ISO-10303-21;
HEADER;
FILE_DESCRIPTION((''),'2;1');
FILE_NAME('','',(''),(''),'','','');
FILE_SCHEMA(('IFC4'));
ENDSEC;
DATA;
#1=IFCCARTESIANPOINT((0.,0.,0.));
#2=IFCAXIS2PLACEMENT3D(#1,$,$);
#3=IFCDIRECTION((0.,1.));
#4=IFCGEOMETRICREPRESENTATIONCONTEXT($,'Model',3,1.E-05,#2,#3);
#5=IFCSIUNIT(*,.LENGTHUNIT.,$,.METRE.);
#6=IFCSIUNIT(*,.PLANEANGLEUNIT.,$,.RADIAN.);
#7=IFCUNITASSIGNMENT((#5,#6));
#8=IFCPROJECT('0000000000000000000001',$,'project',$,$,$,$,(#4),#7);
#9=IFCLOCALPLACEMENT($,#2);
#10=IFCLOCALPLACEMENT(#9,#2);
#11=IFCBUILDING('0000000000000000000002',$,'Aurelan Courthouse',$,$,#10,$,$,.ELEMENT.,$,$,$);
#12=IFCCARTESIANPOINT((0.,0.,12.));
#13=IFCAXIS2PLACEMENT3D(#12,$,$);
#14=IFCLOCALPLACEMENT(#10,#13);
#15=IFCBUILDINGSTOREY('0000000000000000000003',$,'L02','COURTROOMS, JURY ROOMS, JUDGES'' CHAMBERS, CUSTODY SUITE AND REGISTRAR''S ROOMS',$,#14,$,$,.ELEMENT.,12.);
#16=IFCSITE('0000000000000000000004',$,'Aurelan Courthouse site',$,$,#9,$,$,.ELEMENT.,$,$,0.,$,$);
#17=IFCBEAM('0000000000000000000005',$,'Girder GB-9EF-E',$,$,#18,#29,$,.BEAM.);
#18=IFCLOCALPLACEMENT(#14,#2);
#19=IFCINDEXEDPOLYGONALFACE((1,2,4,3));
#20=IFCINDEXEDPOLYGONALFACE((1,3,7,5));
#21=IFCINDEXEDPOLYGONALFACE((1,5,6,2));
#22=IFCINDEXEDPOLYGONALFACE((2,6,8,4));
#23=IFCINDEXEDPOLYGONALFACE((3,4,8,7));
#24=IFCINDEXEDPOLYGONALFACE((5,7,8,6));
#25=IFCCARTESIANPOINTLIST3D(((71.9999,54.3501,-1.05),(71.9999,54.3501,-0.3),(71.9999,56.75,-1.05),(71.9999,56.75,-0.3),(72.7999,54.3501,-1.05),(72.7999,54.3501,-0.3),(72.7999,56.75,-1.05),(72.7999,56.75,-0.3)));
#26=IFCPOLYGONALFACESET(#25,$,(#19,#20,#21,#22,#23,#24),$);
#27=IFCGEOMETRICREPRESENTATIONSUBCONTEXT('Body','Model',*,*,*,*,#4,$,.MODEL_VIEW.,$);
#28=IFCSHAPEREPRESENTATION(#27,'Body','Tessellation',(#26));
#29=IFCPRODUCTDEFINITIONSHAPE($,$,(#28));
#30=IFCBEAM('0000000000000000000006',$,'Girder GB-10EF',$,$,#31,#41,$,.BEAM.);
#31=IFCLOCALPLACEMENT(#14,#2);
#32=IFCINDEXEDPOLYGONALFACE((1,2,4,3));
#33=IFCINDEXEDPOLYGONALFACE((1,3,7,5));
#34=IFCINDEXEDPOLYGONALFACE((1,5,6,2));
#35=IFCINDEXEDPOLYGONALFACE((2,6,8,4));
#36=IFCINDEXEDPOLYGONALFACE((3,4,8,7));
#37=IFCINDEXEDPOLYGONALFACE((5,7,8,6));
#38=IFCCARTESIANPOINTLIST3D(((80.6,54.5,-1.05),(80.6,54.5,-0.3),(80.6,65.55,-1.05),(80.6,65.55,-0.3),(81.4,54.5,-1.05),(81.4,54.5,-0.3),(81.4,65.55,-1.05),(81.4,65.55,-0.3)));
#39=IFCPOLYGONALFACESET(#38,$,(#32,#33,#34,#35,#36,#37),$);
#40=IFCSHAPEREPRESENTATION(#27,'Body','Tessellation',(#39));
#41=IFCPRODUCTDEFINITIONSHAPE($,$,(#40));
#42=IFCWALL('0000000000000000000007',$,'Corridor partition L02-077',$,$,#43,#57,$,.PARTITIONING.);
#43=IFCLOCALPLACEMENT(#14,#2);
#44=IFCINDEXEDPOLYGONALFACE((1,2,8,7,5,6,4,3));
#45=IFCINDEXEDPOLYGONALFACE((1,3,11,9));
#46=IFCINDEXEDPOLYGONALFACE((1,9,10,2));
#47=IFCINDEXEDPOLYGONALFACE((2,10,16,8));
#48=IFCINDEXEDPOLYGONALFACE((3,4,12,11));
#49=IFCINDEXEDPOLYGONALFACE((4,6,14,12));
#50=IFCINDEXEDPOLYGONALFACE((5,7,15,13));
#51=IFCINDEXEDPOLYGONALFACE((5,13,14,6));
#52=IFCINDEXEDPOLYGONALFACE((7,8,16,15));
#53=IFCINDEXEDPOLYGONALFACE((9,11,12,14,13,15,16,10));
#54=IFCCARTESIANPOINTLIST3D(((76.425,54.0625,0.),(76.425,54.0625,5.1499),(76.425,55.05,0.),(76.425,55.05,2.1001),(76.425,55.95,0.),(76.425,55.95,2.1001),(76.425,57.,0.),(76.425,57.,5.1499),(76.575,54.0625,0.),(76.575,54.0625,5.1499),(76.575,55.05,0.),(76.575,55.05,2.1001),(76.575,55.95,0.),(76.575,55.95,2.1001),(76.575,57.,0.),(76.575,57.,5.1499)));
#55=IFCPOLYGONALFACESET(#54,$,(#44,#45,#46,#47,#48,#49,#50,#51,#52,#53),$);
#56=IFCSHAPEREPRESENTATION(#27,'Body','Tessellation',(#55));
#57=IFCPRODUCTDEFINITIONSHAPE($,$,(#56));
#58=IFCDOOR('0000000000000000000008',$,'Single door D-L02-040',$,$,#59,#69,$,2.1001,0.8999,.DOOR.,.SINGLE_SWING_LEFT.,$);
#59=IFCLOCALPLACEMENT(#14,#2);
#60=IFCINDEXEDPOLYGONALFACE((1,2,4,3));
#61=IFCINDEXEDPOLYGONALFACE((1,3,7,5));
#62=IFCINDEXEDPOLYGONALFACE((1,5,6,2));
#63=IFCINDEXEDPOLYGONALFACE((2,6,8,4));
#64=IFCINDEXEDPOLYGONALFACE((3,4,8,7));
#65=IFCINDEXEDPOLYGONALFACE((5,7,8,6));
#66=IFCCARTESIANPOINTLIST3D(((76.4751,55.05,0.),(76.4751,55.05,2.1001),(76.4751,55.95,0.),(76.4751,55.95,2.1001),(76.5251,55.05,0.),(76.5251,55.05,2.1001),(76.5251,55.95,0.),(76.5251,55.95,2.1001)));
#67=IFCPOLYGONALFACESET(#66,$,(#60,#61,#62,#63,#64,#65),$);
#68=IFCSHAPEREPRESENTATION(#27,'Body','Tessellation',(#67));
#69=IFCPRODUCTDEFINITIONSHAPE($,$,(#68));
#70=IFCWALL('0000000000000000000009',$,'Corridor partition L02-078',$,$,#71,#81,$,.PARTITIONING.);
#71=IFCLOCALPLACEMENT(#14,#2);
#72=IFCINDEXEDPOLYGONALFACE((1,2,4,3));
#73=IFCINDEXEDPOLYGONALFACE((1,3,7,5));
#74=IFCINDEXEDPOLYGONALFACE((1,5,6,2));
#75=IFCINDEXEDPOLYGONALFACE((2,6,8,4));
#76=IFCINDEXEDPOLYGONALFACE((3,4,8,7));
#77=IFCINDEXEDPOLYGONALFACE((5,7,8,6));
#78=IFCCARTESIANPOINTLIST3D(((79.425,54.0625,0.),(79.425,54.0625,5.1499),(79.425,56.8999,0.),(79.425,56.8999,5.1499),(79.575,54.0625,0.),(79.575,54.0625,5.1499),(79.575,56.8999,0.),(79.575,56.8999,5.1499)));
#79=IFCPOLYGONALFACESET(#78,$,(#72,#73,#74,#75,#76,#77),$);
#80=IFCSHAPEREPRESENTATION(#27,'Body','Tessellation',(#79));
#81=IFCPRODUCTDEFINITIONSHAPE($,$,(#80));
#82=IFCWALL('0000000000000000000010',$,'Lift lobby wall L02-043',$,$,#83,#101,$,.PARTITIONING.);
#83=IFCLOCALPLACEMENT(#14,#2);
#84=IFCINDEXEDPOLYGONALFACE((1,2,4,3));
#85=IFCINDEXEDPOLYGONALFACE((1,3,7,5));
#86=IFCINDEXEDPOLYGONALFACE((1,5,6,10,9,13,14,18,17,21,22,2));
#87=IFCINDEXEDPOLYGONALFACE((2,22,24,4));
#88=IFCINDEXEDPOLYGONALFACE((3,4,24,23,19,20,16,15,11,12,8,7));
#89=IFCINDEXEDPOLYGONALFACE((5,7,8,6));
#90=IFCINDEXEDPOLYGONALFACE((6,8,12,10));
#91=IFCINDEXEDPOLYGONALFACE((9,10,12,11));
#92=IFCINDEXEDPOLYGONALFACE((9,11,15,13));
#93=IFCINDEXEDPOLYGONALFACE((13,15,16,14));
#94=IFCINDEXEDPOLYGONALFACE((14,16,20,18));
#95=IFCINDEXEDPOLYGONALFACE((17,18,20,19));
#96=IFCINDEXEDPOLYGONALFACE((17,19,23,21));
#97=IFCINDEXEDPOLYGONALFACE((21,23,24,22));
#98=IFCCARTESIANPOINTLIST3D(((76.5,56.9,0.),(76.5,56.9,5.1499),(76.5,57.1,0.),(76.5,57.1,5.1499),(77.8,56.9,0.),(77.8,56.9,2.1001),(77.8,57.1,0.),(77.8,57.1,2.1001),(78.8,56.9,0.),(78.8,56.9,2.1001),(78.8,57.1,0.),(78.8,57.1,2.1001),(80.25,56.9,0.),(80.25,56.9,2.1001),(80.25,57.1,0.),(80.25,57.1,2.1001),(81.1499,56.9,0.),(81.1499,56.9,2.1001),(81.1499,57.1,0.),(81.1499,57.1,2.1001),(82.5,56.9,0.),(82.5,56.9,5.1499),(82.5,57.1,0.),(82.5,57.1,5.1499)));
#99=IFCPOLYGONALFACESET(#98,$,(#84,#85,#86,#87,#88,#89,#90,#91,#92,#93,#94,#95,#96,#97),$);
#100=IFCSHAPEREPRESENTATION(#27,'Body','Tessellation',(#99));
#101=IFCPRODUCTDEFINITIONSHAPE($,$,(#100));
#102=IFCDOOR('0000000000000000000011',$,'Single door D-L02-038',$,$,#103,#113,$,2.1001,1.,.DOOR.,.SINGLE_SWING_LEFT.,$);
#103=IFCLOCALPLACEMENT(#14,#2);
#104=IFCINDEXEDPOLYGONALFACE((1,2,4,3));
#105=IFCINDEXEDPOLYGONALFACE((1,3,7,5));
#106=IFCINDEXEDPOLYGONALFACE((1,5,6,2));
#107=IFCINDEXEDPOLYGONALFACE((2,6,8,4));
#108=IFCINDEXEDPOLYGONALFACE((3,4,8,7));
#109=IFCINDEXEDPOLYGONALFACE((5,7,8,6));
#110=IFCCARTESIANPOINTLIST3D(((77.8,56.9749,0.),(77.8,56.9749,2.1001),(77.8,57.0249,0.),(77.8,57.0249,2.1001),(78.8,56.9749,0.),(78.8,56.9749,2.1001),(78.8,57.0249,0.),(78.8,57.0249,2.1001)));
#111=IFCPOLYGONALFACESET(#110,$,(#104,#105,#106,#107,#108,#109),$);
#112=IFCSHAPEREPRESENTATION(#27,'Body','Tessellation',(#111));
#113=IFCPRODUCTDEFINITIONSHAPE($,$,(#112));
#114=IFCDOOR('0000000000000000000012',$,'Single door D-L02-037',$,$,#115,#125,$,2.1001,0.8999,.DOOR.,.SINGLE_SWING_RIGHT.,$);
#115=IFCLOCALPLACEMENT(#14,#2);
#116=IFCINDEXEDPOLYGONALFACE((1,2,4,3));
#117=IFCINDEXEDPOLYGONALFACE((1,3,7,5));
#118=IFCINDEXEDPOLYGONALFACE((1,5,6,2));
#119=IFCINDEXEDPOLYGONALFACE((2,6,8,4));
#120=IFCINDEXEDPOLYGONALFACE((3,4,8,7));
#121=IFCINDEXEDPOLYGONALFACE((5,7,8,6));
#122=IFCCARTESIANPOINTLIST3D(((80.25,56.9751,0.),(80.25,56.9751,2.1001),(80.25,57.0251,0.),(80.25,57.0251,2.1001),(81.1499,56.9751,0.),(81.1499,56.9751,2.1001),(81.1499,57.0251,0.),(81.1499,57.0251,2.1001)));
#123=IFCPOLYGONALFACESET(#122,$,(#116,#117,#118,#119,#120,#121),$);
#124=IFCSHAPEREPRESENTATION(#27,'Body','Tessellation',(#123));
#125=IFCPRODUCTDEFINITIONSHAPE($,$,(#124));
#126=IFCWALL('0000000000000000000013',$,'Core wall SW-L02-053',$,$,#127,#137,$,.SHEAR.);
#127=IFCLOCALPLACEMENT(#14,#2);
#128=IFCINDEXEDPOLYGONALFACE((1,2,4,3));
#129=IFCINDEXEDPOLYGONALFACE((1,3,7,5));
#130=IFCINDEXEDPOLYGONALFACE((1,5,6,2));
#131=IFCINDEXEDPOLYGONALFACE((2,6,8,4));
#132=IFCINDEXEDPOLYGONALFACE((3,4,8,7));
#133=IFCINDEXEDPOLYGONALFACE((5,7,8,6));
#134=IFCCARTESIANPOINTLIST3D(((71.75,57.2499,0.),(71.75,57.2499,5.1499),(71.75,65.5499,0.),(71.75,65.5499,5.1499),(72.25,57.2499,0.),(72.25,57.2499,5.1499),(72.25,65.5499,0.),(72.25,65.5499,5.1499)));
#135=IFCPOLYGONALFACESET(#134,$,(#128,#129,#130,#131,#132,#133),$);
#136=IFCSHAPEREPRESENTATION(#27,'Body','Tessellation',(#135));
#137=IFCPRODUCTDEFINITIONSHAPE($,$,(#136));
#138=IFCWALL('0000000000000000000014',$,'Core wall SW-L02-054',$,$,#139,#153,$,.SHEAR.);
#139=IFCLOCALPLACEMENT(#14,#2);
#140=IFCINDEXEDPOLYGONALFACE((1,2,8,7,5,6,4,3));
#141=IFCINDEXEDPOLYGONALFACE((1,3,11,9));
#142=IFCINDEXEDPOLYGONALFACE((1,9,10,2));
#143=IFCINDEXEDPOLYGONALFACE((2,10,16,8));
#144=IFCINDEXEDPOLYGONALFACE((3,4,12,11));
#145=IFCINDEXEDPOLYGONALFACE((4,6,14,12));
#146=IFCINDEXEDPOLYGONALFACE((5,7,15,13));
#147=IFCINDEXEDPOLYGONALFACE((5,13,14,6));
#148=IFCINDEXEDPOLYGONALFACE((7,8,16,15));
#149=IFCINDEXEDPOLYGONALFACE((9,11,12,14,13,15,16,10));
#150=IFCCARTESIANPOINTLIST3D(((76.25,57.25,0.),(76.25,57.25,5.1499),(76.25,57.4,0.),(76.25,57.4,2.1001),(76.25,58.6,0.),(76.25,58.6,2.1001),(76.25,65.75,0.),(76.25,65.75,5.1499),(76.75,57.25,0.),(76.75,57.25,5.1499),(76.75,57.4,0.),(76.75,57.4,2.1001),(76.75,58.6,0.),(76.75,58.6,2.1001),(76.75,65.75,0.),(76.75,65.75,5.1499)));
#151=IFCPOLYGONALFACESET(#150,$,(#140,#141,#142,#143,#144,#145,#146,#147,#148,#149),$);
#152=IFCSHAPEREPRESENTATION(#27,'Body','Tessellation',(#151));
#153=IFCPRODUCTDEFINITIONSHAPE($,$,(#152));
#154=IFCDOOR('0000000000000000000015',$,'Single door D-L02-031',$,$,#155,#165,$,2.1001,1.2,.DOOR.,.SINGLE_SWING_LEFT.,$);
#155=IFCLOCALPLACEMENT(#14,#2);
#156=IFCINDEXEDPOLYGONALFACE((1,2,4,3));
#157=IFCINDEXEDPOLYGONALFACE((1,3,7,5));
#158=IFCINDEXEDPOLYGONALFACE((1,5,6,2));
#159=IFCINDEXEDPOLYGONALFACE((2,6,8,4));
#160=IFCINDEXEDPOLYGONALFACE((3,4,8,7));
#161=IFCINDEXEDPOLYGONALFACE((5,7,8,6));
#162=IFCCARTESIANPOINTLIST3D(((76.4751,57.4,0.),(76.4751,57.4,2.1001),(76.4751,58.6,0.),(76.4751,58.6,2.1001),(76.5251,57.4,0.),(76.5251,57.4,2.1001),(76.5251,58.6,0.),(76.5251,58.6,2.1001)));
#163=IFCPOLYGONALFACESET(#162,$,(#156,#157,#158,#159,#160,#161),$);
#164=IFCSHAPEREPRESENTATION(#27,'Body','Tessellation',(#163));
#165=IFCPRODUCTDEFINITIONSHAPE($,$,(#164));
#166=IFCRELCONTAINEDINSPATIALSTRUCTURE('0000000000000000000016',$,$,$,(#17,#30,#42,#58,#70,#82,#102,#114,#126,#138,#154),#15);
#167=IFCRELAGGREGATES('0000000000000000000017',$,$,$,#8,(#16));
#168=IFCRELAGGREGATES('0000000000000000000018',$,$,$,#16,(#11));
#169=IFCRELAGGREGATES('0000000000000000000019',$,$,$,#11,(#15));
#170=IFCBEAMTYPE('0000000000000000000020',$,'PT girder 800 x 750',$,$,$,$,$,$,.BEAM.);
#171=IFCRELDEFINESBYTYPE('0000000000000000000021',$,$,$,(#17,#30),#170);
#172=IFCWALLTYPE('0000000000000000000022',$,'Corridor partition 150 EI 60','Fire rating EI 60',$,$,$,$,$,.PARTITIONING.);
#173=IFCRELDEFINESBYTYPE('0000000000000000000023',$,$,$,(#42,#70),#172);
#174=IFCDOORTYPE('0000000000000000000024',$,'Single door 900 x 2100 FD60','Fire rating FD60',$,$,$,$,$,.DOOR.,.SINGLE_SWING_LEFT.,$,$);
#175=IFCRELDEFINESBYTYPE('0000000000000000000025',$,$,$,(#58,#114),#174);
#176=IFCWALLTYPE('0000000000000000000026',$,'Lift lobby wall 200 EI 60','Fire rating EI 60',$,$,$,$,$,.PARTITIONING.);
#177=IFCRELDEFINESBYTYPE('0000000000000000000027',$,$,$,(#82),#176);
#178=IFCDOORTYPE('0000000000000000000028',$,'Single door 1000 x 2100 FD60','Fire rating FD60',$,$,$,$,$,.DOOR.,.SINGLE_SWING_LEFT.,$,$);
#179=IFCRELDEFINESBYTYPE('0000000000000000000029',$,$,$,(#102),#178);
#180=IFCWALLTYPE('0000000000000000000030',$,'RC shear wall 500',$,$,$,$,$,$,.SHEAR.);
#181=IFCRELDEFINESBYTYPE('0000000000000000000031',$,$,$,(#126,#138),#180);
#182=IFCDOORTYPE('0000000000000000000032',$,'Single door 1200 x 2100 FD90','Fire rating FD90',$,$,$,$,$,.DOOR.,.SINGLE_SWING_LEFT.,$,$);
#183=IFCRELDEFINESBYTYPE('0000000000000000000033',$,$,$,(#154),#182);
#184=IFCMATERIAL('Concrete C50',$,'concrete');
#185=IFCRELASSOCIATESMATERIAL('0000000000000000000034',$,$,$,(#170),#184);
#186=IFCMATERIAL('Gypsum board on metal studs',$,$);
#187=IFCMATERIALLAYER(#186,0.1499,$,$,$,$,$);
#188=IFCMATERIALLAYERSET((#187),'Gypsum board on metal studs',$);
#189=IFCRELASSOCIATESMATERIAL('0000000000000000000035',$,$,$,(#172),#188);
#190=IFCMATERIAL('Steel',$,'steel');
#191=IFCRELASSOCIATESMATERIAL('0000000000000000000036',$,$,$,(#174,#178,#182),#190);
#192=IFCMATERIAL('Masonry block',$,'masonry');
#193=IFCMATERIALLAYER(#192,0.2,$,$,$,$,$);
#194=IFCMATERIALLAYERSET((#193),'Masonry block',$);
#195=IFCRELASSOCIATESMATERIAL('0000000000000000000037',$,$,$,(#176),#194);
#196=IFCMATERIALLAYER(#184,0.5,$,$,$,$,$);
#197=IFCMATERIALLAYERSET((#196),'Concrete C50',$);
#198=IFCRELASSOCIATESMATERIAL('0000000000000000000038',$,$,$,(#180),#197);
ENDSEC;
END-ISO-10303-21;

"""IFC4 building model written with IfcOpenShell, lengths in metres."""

from ifc_helpers import new_model, si_unit, direction, frame, frame_2d, origin, origin_2d, place, context, subcontext, project, spatial, rectangle, extrude, material, layer, layer_set, material_profile, profile_set, type_object, element, fill, save


model = new_model("IFC4")

# Units and contexts
model_context = context("Model", 3, precision=1e-05, world=origin(), true_north=direction((0.0, 1.0)))
body_context = subcontext(model_context, "Body", "Model", "MODEL_VIEW")
ifc_project = project(units=[si_unit("LENGTHUNIT", "METRE"), si_unit("PLANEANGLEUNIT", "RADIAN")], contexts=[model_context])

# Site, building, storey
site_placement = place(None, origin())
site = spatial("IfcSite", under=ifc_project, at=site_placement, Name="Aurelan Courthouse site", CompositionType="ELEMENT", RefElevation=0.0)
building_placement = place(site_placement, origin())
building = spatial("IfcBuilding", under=site, at=building_placement, Name="Aurelan Courthouse", CompositionType="ELEMENT")
storey_placement = place(building_placement, frame((0.0, 0.0, 12.0)))
storey = spatial("IfcBuildingStorey", under=building, at=storey_placement, Name="L02", Description="COURTROOMS, JURY ROOMS, JUDGES' CHAMBERS, CUSTODY SUITE AND REGISTRAR'S ROOMS", CompositionType="ELEMENT", Elevation=12.0)

# Beams
ifc_material_1 = material(Name="Concrete C50", Category="concrete")
ifc_material_profile = material_profile(ifc_material_1, rectangle(XDim=0.8, YDim=0.75, at=origin_2d()), Name="RC 800 x 750")
ifc_profile_set = profile_set([ifc_material_profile], Name="Concrete C50")
beam_type = type_object("IfcBeamType", Name="PT girder 800 x 750", PredefinedType="BEAM", material=ifc_profile_set)
beam_1_placement = place(storey_placement, frame((72.3999, 54.3501, -0.675), z_axis=(0.0, 1.0, 0.0), x_axis=(-1.0, 0.0, 0.0)))
element("IfcBeam", 1, at=beam_1_placement, inside=storey, type_object=beam_type, Name="Girder GB-9EF-E", PredefinedType="BEAM", context=body_context, shape_type="SweptSolid", body=[
    extrude(rectangle(XDim=0.8, YDim=0.75, at=origin_2d()), origin(), (0.0, 0.0, 1.0), 2.3999),
])
beam_2_placement = place(storey_placement, frame((81.0, 54.5, -0.675), z_axis=(0.0, 1.0, 0.0), x_axis=(-1.0, 0.0, 0.0)))
element("IfcBeam", 2, at=beam_2_placement, inside=storey, type_object=beam_type, Name="Girder GB-10EF", PredefinedType="BEAM", context=body_context, shape_type="SweptSolid", body=[
    extrude(rectangle(XDim=0.8, YDim=0.75, at=origin_2d()), origin(), (0.0, 0.0, 1.0), 11.05),
])

# Wall, opening, door
ifc_material_2 = material(Name="Gypsum board on metal studs")
ifc_layer_1 = layer(ifc_material_2, 0.1499)
ifc_layer_set_1 = layer_set([ifc_layer_1], Name="Gypsum board on metal studs")
wall_type_1 = type_object("IfcWallType", Name="Corridor partition 150 EI 60", Description="Fire rating EI 60", PredefinedType="PARTITIONING", material=ifc_layer_set_1)
wall_1_placement = place(storey_placement, frame((76.5, 54.0625, 0.0), z_axis=(0.0, 0.0, 1.0), x_axis=(0.0, 1.0, 0.0)))
wall_1 = element("IfcWall", 3, at=wall_1_placement, inside=storey, type_object=wall_type_1, Name="Corridor partition L02-077", PredefinedType="PARTITIONING", context=body_context, shape_type="SweptSolid", body=[
    extrude(rectangle(XDim=2.9375, YDim=0.1499, at=frame_2d((1.4688, 0.0))), origin(), (0.0, 0.0, 1.0), 5.1499),
])
opening_1_placement = place(wall_1_placement, frame((0.9875, 0.0, 0.0)))
opening_1 = element("IfcOpeningElement", 4, at=opening_1_placement, cuts=wall_1, PredefinedType="OPENING", context=body_context, shape_type="SweptSolid", body=[
    extrude(rectangle(XDim=0.8999, YDim=2.1001, at=frame_2d((0.45, 1.05))), frame((0.0, 0.085, 0.0), z_axis=(0.0, -1.0, 0.0), x_axis=(1.0, 0.0, 0.0)), (0.0, 0.0, 1.0), 0.1699),
])
ifc_material_3 = material(Name="Steel", Category="steel")
door_type_1 = type_object("IfcDoorType", Name="Single door 900 x 2100 FD60", Description="Fire rating FD60", OperationType="SINGLE_SWING_LEFT", PredefinedType="DOOR", material=ifc_material_3)
door_1_placement = place(opening_1_placement, origin())
door_1 = element("IfcDoor", 5, at=door_1_placement, inside=storey, type_object=door_type_1, Name="Single door D-L02-040", OperationType="SINGLE_SWING_LEFT", OverallHeight=2.1001, OverallWidth=0.8999, PredefinedType="DOOR", context=body_context, shape_type="SweptSolid", body=[
    extrude(rectangle(XDim=0.8999, YDim=2.1001, at=frame_2d((0.45, 1.05))), frame((0.0, 0.0249, 0.0), z_axis=(0.0, -1.0, 0.0), x_axis=(1.0, 0.0, 0.0)), (0.0, 0.0, 1.0), 0.05),
])
fill(opening_1, door_1)

# Wall
wall_2_placement = place(storey_placement, frame((79.5, 54.0625, 0.0), z_axis=(0.0, 0.0, 1.0), x_axis=(0.0, 1.0, 0.0)))
element("IfcWall", 6, at=wall_2_placement, inside=storey, type_object=wall_type_1, Name="Corridor partition L02-078", PredefinedType="PARTITIONING", context=body_context, shape_type="SweptSolid", body=[
    extrude(rectangle(XDim=2.8374, YDim=0.1499, at=frame_2d((1.4187, 0.0))), origin(), (0.0, 0.0, 1.0), 5.1499),
])

# Wall, openings, doors
ifc_material_4 = material(Name="Masonry block", Category="masonry")
ifc_layer_2 = layer(ifc_material_4, 0.2)
ifc_layer_set_2 = layer_set([ifc_layer_2], Name="Masonry block")
wall_type_2 = type_object("IfcWallType", Name="Lift lobby wall 200 EI 60", Description="Fire rating EI 60", PredefinedType="PARTITIONING", material=ifc_layer_set_2)
wall_3_placement = place(storey_placement, frame((76.5, 57.0, 0.0), z_axis=(0.0, 0.0, 1.0), x_axis=(1.0, 0.0, 0.0)))
wall_3 = element("IfcWall", 7, at=wall_3_placement, inside=storey, type_object=wall_type_2, Name="Lift lobby wall L02-043", PredefinedType="PARTITIONING", context=body_context, shape_type="SweptSolid", body=[
    extrude(rectangle(XDim=6.0, YDim=0.2, at=frame_2d((3.0, 0.0))), origin(), (0.0, 0.0, 1.0), 5.1499),
])
opening_2_placement = place(wall_3_placement, frame((4.6499, 0.0, 0.0), z_axis=(0.0, 0.0, 1.0), x_axis=(-1.0, 0.0, 0.0)))
opening_2 = element("IfcOpeningElement", 8, at=opening_2_placement, cuts=wall_3, PredefinedType="OPENING", context=body_context, shape_type="SweptSolid", body=[
    extrude(rectangle(XDim=0.8999, YDim=2.1001, at=frame_2d((0.45, 1.05))), frame((0.0, 0.1099, 0.0), z_axis=(0.0, -1.0, 0.0), x_axis=(1.0, 0.0, 0.0)), (0.0, 0.0, 1.0), 0.22),
])
opening_3_placement = place(wall_3_placement, frame((1.3, 0.0, 0.0)))
opening_3 = element("IfcOpeningElement", 9, at=opening_3_placement, cuts=wall_3, PredefinedType="OPENING", context=body_context, shape_type="SweptSolid", body=[
    extrude(rectangle(XDim=1.0, YDim=2.1001, at=frame_2d((0.5, 1.05))), frame((0.0, 0.1099, 0.0), z_axis=(0.0, -1.0, 0.0), x_axis=(1.0, 0.0, 0.0)), (0.0, 0.0, 1.0), 0.22),
])
door_type_2 = type_object("IfcDoorType", Name="Single door 1000 x 2100 FD60", Description="Fire rating FD60", OperationType="SINGLE_SWING_LEFT", PredefinedType="DOOR", material=ifc_material_3)
door_2_placement = place(opening_3_placement, origin())
door_2 = element("IfcDoor", 10, at=door_2_placement, inside=storey, type_object=door_type_2, Name="Single door D-L02-038", OperationType="SINGLE_SWING_LEFT", OverallHeight=2.1001, OverallWidth=1.0, PredefinedType="DOOR", context=body_context, shape_type="SweptSolid", body=[
    extrude(rectangle(XDim=1.0, YDim=2.1001, at=frame_2d((0.5, 1.05))), frame((0.0, 0.0249, 0.0), z_axis=(0.0, -1.0, 0.0), x_axis=(1.0, 0.0, 0.0)), (0.0, 0.0, 1.0), 0.05),
])
fill(opening_3, door_2)
door_3_placement = place(opening_2_placement, origin())
door_3 = element("IfcDoor", 11, at=door_3_placement, inside=storey, type_object=door_type_1, Name="Single door D-L02-037", OperationType="SINGLE_SWING_RIGHT", OverallHeight=2.1001, OverallWidth=0.8999, PredefinedType="DOOR", context=body_context, shape_type="SweptSolid", body=[
    extrude(rectangle(XDim=0.8999, YDim=2.1001, at=frame_2d((0.45, 1.05))), frame((0.0, 0.0249, 0.0), z_axis=(0.0, -1.0, 0.0), x_axis=(1.0, 0.0, 0.0)), (0.0, 0.0, 1.0), 0.05),
])
fill(opening_2, door_3)

# Wall
ifc_layer_3 = layer(ifc_material_1, 0.5)
ifc_layer_set_3 = layer_set([ifc_layer_3], Name="Concrete C50")
wall_type_3 = type_object("IfcWallType", Name="RC shear wall 500", PredefinedType="SHEAR", material=ifc_layer_set_3)
wall_4_placement = place(storey_placement, frame((72.0, 57.25, 0.0), z_axis=(0.0, 0.0, 1.0), x_axis=(0.0, 1.0, 0.0)))
element("IfcWall", 12, at=wall_4_placement, inside=storey, type_object=wall_type_3, Name="Core wall SW-L02-053", PredefinedType="SHEAR", context=body_context, shape_type="SweptSolid", body=[
    extrude(rectangle(XDim=8.3, YDim=0.5, at=frame_2d((4.1499, 0.0))), origin(), (0.0, 0.0, 1.0), 5.1499),
])

# Wall, opening, door
wall_5_placement = place(storey_placement, frame((76.5, 57.25, 0.0), z_axis=(0.0, 0.0, 1.0), x_axis=(0.0, 1.0, 0.0)))
wall_5 = element("IfcWall", 13, at=wall_5_placement, inside=storey, type_object=wall_type_3, Name="Core wall SW-L02-054", PredefinedType="SHEAR", context=body_context, shape_type="SweptSolid", body=[
    extrude(rectangle(XDim=8.5, YDim=0.5, at=frame_2d((4.25, 0.0))), origin(), (0.0, 0.0, 1.0), 5.1499),
])
opening_4_placement = place(wall_5_placement, frame((0.1499, 0.0, 0.0)))
opening_4 = element("IfcOpeningElement", 14, at=opening_4_placement, cuts=wall_5, PredefinedType="OPENING", context=body_context, shape_type="SweptSolid", body=[
    extrude(rectangle(XDim=1.2, YDim=2.1001, at=frame_2d((0.6001, 1.05))), frame((0.0, 0.26, 0.0), z_axis=(0.0, -1.0, 0.0), x_axis=(1.0, 0.0, 0.0)), (0.0, 0.0, 1.0), 0.52),
])
door_type_3 = type_object("IfcDoorType", Name="Single door 1200 x 2100 FD90", Description="Fire rating FD90", OperationType="SINGLE_SWING_LEFT", PredefinedType="DOOR", material=ifc_material_3)
door_4_placement = place(opening_4_placement, origin())
door_4 = element("IfcDoor", 15, at=door_4_placement, inside=storey, type_object=door_type_3, Name="Single door D-L02-031", OperationType="SINGLE_SWING_LEFT", OverallHeight=2.1001, OverallWidth=1.2, PredefinedType="DOOR", context=body_context, shape_type="SweptSolid", body=[
    extrude(rectangle(XDim=1.2, YDim=2.1001, at=frame_2d((0.6001, 1.05))), frame((0.0, 0.0249, 0.0), z_axis=(0.0, -1.0, 0.0), x_axis=(1.0, 0.0, 0.0)), (0.0, 0.0, 1.0), 0.05),
])
fill(opening_4, door_4)

save(model, "model.ifc")
